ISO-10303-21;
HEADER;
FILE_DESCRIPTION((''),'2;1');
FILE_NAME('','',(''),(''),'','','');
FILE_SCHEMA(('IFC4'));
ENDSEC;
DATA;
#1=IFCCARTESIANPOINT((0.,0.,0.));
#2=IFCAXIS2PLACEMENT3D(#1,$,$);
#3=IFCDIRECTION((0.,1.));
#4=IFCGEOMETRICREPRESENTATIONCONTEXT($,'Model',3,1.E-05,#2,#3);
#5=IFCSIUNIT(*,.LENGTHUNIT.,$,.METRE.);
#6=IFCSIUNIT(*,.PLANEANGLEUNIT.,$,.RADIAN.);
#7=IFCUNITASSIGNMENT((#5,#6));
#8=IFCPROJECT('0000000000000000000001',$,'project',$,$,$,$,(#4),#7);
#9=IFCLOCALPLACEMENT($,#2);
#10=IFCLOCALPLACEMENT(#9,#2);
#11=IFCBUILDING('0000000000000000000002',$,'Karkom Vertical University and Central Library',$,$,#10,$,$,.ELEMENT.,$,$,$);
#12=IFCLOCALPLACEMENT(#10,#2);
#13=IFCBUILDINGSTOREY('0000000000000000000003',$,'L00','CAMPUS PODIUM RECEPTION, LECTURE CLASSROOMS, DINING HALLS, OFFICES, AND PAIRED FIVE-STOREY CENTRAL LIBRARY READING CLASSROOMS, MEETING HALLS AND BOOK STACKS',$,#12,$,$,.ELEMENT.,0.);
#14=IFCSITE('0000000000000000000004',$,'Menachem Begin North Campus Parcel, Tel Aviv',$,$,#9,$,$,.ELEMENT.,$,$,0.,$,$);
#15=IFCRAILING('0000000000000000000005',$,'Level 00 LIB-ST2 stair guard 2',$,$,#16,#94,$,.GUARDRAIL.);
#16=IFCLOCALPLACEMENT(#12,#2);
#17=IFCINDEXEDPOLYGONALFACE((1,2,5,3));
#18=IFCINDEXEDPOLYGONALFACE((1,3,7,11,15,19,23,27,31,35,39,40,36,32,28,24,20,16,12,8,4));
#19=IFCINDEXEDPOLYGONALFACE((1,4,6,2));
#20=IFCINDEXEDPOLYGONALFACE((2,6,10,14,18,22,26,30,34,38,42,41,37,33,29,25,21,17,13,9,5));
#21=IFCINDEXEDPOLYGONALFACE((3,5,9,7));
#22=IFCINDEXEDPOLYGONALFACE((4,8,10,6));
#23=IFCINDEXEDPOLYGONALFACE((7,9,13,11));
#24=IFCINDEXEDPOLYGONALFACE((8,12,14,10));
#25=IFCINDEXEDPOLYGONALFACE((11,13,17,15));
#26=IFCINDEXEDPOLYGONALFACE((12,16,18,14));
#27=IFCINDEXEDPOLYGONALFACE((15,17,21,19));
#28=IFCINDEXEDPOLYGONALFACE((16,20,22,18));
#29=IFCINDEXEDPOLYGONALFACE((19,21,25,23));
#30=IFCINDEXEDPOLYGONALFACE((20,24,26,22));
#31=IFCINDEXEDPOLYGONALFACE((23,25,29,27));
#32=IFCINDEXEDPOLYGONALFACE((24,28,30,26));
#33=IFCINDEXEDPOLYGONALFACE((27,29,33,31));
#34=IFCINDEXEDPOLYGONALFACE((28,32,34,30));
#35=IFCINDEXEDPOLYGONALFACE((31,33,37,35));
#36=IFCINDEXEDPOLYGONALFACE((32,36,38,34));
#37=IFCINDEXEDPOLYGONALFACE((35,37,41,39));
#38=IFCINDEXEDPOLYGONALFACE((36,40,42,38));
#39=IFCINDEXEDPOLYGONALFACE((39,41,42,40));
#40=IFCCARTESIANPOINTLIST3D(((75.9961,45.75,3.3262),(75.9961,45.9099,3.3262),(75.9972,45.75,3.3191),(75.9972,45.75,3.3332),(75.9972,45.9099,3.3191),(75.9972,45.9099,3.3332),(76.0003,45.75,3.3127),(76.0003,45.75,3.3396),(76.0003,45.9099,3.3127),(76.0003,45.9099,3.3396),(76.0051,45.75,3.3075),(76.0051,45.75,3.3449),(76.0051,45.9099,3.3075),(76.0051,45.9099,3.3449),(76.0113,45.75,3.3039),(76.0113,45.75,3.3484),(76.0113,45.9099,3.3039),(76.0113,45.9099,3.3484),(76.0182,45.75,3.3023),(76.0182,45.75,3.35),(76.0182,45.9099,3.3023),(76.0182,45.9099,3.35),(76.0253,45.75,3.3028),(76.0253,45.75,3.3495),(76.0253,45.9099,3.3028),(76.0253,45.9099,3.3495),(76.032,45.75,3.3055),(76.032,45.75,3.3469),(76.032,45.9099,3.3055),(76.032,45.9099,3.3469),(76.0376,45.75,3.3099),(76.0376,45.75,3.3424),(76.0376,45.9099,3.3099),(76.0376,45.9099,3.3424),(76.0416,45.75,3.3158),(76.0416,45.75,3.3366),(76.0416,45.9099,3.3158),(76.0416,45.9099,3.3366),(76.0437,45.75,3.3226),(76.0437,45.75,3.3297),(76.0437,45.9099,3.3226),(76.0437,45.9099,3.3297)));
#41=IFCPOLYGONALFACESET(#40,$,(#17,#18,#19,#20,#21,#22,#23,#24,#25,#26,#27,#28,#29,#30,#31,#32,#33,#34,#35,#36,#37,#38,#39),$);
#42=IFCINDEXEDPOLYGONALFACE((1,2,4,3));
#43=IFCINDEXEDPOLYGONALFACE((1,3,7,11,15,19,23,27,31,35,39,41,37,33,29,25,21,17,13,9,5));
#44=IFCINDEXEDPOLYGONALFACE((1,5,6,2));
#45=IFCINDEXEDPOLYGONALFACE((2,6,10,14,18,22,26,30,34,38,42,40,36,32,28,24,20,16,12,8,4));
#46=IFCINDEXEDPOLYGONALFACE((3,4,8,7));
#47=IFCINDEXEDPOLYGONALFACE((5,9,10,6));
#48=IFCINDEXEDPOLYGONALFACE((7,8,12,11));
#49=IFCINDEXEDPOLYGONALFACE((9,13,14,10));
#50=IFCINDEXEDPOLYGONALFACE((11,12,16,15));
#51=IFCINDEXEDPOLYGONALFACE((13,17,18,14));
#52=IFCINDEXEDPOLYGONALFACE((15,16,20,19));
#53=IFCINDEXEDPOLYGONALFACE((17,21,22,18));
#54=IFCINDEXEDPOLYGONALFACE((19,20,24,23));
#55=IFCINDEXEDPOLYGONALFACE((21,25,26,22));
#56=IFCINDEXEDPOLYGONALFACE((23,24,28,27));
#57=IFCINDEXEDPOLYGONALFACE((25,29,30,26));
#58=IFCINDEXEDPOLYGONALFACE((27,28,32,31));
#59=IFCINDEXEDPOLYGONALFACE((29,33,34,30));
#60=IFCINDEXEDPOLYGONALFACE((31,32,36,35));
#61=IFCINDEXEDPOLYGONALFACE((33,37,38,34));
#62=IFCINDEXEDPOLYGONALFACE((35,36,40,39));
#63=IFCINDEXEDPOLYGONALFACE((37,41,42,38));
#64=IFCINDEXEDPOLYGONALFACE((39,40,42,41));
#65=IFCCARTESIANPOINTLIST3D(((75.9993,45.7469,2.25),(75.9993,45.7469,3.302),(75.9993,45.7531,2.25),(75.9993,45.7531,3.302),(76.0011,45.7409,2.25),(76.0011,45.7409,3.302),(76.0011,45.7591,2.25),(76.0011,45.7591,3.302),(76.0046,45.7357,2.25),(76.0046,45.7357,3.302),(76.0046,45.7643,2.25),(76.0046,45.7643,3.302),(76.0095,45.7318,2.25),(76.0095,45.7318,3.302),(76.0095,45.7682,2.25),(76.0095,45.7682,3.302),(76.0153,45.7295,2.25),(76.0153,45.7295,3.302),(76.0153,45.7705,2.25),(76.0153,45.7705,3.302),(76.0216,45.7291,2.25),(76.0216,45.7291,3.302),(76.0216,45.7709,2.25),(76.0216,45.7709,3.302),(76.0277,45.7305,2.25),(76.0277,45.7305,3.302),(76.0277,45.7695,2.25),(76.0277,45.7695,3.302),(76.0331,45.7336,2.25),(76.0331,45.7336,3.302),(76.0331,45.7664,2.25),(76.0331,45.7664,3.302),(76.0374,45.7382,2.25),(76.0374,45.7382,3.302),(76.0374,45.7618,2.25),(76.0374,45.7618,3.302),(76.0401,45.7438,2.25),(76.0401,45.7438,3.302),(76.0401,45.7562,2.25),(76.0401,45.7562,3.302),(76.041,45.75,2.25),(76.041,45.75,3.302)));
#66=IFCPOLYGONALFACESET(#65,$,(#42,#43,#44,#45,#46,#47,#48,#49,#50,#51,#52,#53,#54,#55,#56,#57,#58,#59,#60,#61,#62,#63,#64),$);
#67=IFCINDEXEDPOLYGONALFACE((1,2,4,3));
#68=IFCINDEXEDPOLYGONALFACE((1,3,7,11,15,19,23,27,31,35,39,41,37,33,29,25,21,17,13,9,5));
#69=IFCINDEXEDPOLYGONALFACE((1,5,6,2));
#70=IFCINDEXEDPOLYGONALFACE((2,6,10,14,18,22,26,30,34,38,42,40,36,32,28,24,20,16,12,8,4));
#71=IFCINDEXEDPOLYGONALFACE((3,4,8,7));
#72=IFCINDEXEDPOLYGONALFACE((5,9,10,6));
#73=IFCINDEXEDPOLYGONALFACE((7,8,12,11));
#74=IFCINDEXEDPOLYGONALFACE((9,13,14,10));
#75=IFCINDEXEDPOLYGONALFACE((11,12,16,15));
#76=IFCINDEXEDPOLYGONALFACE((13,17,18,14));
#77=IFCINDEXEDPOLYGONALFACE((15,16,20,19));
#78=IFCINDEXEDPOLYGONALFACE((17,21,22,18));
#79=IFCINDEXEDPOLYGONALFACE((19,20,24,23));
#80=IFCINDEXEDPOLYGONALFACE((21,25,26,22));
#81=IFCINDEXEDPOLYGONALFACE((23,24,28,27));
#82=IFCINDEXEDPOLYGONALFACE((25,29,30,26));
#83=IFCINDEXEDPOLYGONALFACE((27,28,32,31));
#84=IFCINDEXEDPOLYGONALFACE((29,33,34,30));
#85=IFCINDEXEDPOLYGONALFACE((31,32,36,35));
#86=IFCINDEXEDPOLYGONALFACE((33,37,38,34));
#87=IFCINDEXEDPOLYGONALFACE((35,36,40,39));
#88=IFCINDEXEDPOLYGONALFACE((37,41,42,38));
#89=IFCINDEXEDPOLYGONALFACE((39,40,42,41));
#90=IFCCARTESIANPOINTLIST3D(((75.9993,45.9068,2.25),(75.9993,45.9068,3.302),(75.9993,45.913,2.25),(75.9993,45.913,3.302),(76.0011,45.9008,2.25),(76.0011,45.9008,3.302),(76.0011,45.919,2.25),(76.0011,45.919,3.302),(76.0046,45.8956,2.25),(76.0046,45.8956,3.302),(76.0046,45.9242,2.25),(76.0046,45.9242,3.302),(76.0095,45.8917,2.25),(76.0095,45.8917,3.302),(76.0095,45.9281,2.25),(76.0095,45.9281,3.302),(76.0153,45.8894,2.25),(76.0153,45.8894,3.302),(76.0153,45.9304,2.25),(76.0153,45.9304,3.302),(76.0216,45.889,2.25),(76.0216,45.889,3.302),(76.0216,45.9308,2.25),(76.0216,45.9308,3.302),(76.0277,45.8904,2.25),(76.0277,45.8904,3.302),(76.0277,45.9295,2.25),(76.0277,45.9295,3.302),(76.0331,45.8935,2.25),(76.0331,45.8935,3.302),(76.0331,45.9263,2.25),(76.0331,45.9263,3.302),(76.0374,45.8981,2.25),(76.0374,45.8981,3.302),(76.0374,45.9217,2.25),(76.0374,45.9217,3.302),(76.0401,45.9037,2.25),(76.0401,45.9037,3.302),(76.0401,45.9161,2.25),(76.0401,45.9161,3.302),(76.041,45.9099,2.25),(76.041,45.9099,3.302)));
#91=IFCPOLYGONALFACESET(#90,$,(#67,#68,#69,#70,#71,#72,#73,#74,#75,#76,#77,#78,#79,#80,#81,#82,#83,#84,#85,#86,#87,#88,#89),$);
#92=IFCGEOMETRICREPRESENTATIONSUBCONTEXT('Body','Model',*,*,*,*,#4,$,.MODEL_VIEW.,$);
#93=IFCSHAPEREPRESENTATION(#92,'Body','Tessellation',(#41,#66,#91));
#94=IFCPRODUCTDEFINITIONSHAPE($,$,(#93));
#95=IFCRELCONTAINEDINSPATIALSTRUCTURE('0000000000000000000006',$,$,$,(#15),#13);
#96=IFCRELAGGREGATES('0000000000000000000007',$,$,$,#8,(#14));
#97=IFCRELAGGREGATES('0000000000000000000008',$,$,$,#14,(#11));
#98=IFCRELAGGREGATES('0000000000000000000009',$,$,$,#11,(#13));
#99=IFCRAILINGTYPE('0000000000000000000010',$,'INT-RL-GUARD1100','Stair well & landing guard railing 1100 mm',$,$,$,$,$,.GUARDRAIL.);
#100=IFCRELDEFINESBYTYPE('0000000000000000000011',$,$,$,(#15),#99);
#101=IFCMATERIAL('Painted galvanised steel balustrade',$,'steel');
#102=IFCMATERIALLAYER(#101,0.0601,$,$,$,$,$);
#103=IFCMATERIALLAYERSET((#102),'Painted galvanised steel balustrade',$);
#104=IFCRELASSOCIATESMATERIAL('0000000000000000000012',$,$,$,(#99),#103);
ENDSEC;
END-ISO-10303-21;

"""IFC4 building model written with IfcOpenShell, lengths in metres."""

from ifc_helpers import new_model, si_unit, direction, frame, origin, origin_2d, place, context, subcontext, project, spatial, circle, extrude, material, layer, layer_set, type_object, element, save


model = new_model("IFC4")

# Units and contexts
model_context = context("Model", 3, precision=1e-05, world=origin(), true_north=direction((0.0, 1.0)))
body_context = subcontext(model_context, "Body", "Model", "MODEL_VIEW")
ifc_project = project(units=[si_unit("LENGTHUNIT", "METRE"), si_unit("PLANEANGLEUNIT", "RADIAN")], contexts=[model_context])

# Site, building, storey
site_placement = place(None, origin())
site = spatial("IfcSite", under=ifc_project, at=site_placement, Name="Menachem Begin North Campus Parcel, Tel Aviv", CompositionType="ELEMENT", RefElevation=0.0)
building_placement = place(site_placement, origin())
building = spatial("IfcBuilding", under=site, at=building_placement, Name="Karkom Vertical University and Central Library", CompositionType="ELEMENT")
storey_placement = place(building_placement, origin())
storey = spatial("IfcBuildingStorey", under=building, at=storey_placement, Name="L00", Description="CAMPUS PODIUM RECEPTION, LECTURE CLASSROOMS, DINING HALLS, OFFICES, AND PAIRED FIVE-STOREY CENTRAL LIBRARY READING CLASSROOMS, MEETING HALLS AND BOOK STACKS", CompositionType="ELEMENT", Elevation=0.0)

# Railing
ifc_material_1 = material(Name="Painted galvanised steel balustrade", Category="steel")
ifc_layer_1 = layer(ifc_material_1, 0.0601)
ifc_layer_set_1 = layer_set([ifc_layer_1], Name="Painted galvanised steel balustrade")
railing_type_1 = type_object("IfcRailingType", Name="INT-RL-GUARD1100", Description="Stair well & landing guard railing 1100 mm", PredefinedType="GUARDRAIL", material=ifc_layer_set_1)
railing_1_placement = place(storey_placement, frame((76.02, 45.75, 2.25)))
element("IfcRailing", 1, at=railing_1_placement, inside=storey, type_object=railing_type_1, Name="Level 00 LIB-ST2 stair guard 2", PredefinedType="GUARDRAIL", context=body_context, shape_type="SweptSolid", body=[
    extrude(circle(Radius=0.0239, at=origin_2d()), frame((0.0, 0.0, 1.0762), z_axis=(0.0, 1.0, 0.0), x_axis=(-1.0, 0.0, 0.0)), (0.0, 0.0, 1.0), 0.1599),
    extrude(circle(Radius=0.021, at=origin_2d()), origin(), (0.0, 0.0, 1.0), 1.052),
    extrude(circle(Radius=0.021, at=origin_2d()), frame((0.0, 0.1599, 0.0)), (0.0, 0.0, 1.0), 1.052),
])

save(model, "model.ifc")
